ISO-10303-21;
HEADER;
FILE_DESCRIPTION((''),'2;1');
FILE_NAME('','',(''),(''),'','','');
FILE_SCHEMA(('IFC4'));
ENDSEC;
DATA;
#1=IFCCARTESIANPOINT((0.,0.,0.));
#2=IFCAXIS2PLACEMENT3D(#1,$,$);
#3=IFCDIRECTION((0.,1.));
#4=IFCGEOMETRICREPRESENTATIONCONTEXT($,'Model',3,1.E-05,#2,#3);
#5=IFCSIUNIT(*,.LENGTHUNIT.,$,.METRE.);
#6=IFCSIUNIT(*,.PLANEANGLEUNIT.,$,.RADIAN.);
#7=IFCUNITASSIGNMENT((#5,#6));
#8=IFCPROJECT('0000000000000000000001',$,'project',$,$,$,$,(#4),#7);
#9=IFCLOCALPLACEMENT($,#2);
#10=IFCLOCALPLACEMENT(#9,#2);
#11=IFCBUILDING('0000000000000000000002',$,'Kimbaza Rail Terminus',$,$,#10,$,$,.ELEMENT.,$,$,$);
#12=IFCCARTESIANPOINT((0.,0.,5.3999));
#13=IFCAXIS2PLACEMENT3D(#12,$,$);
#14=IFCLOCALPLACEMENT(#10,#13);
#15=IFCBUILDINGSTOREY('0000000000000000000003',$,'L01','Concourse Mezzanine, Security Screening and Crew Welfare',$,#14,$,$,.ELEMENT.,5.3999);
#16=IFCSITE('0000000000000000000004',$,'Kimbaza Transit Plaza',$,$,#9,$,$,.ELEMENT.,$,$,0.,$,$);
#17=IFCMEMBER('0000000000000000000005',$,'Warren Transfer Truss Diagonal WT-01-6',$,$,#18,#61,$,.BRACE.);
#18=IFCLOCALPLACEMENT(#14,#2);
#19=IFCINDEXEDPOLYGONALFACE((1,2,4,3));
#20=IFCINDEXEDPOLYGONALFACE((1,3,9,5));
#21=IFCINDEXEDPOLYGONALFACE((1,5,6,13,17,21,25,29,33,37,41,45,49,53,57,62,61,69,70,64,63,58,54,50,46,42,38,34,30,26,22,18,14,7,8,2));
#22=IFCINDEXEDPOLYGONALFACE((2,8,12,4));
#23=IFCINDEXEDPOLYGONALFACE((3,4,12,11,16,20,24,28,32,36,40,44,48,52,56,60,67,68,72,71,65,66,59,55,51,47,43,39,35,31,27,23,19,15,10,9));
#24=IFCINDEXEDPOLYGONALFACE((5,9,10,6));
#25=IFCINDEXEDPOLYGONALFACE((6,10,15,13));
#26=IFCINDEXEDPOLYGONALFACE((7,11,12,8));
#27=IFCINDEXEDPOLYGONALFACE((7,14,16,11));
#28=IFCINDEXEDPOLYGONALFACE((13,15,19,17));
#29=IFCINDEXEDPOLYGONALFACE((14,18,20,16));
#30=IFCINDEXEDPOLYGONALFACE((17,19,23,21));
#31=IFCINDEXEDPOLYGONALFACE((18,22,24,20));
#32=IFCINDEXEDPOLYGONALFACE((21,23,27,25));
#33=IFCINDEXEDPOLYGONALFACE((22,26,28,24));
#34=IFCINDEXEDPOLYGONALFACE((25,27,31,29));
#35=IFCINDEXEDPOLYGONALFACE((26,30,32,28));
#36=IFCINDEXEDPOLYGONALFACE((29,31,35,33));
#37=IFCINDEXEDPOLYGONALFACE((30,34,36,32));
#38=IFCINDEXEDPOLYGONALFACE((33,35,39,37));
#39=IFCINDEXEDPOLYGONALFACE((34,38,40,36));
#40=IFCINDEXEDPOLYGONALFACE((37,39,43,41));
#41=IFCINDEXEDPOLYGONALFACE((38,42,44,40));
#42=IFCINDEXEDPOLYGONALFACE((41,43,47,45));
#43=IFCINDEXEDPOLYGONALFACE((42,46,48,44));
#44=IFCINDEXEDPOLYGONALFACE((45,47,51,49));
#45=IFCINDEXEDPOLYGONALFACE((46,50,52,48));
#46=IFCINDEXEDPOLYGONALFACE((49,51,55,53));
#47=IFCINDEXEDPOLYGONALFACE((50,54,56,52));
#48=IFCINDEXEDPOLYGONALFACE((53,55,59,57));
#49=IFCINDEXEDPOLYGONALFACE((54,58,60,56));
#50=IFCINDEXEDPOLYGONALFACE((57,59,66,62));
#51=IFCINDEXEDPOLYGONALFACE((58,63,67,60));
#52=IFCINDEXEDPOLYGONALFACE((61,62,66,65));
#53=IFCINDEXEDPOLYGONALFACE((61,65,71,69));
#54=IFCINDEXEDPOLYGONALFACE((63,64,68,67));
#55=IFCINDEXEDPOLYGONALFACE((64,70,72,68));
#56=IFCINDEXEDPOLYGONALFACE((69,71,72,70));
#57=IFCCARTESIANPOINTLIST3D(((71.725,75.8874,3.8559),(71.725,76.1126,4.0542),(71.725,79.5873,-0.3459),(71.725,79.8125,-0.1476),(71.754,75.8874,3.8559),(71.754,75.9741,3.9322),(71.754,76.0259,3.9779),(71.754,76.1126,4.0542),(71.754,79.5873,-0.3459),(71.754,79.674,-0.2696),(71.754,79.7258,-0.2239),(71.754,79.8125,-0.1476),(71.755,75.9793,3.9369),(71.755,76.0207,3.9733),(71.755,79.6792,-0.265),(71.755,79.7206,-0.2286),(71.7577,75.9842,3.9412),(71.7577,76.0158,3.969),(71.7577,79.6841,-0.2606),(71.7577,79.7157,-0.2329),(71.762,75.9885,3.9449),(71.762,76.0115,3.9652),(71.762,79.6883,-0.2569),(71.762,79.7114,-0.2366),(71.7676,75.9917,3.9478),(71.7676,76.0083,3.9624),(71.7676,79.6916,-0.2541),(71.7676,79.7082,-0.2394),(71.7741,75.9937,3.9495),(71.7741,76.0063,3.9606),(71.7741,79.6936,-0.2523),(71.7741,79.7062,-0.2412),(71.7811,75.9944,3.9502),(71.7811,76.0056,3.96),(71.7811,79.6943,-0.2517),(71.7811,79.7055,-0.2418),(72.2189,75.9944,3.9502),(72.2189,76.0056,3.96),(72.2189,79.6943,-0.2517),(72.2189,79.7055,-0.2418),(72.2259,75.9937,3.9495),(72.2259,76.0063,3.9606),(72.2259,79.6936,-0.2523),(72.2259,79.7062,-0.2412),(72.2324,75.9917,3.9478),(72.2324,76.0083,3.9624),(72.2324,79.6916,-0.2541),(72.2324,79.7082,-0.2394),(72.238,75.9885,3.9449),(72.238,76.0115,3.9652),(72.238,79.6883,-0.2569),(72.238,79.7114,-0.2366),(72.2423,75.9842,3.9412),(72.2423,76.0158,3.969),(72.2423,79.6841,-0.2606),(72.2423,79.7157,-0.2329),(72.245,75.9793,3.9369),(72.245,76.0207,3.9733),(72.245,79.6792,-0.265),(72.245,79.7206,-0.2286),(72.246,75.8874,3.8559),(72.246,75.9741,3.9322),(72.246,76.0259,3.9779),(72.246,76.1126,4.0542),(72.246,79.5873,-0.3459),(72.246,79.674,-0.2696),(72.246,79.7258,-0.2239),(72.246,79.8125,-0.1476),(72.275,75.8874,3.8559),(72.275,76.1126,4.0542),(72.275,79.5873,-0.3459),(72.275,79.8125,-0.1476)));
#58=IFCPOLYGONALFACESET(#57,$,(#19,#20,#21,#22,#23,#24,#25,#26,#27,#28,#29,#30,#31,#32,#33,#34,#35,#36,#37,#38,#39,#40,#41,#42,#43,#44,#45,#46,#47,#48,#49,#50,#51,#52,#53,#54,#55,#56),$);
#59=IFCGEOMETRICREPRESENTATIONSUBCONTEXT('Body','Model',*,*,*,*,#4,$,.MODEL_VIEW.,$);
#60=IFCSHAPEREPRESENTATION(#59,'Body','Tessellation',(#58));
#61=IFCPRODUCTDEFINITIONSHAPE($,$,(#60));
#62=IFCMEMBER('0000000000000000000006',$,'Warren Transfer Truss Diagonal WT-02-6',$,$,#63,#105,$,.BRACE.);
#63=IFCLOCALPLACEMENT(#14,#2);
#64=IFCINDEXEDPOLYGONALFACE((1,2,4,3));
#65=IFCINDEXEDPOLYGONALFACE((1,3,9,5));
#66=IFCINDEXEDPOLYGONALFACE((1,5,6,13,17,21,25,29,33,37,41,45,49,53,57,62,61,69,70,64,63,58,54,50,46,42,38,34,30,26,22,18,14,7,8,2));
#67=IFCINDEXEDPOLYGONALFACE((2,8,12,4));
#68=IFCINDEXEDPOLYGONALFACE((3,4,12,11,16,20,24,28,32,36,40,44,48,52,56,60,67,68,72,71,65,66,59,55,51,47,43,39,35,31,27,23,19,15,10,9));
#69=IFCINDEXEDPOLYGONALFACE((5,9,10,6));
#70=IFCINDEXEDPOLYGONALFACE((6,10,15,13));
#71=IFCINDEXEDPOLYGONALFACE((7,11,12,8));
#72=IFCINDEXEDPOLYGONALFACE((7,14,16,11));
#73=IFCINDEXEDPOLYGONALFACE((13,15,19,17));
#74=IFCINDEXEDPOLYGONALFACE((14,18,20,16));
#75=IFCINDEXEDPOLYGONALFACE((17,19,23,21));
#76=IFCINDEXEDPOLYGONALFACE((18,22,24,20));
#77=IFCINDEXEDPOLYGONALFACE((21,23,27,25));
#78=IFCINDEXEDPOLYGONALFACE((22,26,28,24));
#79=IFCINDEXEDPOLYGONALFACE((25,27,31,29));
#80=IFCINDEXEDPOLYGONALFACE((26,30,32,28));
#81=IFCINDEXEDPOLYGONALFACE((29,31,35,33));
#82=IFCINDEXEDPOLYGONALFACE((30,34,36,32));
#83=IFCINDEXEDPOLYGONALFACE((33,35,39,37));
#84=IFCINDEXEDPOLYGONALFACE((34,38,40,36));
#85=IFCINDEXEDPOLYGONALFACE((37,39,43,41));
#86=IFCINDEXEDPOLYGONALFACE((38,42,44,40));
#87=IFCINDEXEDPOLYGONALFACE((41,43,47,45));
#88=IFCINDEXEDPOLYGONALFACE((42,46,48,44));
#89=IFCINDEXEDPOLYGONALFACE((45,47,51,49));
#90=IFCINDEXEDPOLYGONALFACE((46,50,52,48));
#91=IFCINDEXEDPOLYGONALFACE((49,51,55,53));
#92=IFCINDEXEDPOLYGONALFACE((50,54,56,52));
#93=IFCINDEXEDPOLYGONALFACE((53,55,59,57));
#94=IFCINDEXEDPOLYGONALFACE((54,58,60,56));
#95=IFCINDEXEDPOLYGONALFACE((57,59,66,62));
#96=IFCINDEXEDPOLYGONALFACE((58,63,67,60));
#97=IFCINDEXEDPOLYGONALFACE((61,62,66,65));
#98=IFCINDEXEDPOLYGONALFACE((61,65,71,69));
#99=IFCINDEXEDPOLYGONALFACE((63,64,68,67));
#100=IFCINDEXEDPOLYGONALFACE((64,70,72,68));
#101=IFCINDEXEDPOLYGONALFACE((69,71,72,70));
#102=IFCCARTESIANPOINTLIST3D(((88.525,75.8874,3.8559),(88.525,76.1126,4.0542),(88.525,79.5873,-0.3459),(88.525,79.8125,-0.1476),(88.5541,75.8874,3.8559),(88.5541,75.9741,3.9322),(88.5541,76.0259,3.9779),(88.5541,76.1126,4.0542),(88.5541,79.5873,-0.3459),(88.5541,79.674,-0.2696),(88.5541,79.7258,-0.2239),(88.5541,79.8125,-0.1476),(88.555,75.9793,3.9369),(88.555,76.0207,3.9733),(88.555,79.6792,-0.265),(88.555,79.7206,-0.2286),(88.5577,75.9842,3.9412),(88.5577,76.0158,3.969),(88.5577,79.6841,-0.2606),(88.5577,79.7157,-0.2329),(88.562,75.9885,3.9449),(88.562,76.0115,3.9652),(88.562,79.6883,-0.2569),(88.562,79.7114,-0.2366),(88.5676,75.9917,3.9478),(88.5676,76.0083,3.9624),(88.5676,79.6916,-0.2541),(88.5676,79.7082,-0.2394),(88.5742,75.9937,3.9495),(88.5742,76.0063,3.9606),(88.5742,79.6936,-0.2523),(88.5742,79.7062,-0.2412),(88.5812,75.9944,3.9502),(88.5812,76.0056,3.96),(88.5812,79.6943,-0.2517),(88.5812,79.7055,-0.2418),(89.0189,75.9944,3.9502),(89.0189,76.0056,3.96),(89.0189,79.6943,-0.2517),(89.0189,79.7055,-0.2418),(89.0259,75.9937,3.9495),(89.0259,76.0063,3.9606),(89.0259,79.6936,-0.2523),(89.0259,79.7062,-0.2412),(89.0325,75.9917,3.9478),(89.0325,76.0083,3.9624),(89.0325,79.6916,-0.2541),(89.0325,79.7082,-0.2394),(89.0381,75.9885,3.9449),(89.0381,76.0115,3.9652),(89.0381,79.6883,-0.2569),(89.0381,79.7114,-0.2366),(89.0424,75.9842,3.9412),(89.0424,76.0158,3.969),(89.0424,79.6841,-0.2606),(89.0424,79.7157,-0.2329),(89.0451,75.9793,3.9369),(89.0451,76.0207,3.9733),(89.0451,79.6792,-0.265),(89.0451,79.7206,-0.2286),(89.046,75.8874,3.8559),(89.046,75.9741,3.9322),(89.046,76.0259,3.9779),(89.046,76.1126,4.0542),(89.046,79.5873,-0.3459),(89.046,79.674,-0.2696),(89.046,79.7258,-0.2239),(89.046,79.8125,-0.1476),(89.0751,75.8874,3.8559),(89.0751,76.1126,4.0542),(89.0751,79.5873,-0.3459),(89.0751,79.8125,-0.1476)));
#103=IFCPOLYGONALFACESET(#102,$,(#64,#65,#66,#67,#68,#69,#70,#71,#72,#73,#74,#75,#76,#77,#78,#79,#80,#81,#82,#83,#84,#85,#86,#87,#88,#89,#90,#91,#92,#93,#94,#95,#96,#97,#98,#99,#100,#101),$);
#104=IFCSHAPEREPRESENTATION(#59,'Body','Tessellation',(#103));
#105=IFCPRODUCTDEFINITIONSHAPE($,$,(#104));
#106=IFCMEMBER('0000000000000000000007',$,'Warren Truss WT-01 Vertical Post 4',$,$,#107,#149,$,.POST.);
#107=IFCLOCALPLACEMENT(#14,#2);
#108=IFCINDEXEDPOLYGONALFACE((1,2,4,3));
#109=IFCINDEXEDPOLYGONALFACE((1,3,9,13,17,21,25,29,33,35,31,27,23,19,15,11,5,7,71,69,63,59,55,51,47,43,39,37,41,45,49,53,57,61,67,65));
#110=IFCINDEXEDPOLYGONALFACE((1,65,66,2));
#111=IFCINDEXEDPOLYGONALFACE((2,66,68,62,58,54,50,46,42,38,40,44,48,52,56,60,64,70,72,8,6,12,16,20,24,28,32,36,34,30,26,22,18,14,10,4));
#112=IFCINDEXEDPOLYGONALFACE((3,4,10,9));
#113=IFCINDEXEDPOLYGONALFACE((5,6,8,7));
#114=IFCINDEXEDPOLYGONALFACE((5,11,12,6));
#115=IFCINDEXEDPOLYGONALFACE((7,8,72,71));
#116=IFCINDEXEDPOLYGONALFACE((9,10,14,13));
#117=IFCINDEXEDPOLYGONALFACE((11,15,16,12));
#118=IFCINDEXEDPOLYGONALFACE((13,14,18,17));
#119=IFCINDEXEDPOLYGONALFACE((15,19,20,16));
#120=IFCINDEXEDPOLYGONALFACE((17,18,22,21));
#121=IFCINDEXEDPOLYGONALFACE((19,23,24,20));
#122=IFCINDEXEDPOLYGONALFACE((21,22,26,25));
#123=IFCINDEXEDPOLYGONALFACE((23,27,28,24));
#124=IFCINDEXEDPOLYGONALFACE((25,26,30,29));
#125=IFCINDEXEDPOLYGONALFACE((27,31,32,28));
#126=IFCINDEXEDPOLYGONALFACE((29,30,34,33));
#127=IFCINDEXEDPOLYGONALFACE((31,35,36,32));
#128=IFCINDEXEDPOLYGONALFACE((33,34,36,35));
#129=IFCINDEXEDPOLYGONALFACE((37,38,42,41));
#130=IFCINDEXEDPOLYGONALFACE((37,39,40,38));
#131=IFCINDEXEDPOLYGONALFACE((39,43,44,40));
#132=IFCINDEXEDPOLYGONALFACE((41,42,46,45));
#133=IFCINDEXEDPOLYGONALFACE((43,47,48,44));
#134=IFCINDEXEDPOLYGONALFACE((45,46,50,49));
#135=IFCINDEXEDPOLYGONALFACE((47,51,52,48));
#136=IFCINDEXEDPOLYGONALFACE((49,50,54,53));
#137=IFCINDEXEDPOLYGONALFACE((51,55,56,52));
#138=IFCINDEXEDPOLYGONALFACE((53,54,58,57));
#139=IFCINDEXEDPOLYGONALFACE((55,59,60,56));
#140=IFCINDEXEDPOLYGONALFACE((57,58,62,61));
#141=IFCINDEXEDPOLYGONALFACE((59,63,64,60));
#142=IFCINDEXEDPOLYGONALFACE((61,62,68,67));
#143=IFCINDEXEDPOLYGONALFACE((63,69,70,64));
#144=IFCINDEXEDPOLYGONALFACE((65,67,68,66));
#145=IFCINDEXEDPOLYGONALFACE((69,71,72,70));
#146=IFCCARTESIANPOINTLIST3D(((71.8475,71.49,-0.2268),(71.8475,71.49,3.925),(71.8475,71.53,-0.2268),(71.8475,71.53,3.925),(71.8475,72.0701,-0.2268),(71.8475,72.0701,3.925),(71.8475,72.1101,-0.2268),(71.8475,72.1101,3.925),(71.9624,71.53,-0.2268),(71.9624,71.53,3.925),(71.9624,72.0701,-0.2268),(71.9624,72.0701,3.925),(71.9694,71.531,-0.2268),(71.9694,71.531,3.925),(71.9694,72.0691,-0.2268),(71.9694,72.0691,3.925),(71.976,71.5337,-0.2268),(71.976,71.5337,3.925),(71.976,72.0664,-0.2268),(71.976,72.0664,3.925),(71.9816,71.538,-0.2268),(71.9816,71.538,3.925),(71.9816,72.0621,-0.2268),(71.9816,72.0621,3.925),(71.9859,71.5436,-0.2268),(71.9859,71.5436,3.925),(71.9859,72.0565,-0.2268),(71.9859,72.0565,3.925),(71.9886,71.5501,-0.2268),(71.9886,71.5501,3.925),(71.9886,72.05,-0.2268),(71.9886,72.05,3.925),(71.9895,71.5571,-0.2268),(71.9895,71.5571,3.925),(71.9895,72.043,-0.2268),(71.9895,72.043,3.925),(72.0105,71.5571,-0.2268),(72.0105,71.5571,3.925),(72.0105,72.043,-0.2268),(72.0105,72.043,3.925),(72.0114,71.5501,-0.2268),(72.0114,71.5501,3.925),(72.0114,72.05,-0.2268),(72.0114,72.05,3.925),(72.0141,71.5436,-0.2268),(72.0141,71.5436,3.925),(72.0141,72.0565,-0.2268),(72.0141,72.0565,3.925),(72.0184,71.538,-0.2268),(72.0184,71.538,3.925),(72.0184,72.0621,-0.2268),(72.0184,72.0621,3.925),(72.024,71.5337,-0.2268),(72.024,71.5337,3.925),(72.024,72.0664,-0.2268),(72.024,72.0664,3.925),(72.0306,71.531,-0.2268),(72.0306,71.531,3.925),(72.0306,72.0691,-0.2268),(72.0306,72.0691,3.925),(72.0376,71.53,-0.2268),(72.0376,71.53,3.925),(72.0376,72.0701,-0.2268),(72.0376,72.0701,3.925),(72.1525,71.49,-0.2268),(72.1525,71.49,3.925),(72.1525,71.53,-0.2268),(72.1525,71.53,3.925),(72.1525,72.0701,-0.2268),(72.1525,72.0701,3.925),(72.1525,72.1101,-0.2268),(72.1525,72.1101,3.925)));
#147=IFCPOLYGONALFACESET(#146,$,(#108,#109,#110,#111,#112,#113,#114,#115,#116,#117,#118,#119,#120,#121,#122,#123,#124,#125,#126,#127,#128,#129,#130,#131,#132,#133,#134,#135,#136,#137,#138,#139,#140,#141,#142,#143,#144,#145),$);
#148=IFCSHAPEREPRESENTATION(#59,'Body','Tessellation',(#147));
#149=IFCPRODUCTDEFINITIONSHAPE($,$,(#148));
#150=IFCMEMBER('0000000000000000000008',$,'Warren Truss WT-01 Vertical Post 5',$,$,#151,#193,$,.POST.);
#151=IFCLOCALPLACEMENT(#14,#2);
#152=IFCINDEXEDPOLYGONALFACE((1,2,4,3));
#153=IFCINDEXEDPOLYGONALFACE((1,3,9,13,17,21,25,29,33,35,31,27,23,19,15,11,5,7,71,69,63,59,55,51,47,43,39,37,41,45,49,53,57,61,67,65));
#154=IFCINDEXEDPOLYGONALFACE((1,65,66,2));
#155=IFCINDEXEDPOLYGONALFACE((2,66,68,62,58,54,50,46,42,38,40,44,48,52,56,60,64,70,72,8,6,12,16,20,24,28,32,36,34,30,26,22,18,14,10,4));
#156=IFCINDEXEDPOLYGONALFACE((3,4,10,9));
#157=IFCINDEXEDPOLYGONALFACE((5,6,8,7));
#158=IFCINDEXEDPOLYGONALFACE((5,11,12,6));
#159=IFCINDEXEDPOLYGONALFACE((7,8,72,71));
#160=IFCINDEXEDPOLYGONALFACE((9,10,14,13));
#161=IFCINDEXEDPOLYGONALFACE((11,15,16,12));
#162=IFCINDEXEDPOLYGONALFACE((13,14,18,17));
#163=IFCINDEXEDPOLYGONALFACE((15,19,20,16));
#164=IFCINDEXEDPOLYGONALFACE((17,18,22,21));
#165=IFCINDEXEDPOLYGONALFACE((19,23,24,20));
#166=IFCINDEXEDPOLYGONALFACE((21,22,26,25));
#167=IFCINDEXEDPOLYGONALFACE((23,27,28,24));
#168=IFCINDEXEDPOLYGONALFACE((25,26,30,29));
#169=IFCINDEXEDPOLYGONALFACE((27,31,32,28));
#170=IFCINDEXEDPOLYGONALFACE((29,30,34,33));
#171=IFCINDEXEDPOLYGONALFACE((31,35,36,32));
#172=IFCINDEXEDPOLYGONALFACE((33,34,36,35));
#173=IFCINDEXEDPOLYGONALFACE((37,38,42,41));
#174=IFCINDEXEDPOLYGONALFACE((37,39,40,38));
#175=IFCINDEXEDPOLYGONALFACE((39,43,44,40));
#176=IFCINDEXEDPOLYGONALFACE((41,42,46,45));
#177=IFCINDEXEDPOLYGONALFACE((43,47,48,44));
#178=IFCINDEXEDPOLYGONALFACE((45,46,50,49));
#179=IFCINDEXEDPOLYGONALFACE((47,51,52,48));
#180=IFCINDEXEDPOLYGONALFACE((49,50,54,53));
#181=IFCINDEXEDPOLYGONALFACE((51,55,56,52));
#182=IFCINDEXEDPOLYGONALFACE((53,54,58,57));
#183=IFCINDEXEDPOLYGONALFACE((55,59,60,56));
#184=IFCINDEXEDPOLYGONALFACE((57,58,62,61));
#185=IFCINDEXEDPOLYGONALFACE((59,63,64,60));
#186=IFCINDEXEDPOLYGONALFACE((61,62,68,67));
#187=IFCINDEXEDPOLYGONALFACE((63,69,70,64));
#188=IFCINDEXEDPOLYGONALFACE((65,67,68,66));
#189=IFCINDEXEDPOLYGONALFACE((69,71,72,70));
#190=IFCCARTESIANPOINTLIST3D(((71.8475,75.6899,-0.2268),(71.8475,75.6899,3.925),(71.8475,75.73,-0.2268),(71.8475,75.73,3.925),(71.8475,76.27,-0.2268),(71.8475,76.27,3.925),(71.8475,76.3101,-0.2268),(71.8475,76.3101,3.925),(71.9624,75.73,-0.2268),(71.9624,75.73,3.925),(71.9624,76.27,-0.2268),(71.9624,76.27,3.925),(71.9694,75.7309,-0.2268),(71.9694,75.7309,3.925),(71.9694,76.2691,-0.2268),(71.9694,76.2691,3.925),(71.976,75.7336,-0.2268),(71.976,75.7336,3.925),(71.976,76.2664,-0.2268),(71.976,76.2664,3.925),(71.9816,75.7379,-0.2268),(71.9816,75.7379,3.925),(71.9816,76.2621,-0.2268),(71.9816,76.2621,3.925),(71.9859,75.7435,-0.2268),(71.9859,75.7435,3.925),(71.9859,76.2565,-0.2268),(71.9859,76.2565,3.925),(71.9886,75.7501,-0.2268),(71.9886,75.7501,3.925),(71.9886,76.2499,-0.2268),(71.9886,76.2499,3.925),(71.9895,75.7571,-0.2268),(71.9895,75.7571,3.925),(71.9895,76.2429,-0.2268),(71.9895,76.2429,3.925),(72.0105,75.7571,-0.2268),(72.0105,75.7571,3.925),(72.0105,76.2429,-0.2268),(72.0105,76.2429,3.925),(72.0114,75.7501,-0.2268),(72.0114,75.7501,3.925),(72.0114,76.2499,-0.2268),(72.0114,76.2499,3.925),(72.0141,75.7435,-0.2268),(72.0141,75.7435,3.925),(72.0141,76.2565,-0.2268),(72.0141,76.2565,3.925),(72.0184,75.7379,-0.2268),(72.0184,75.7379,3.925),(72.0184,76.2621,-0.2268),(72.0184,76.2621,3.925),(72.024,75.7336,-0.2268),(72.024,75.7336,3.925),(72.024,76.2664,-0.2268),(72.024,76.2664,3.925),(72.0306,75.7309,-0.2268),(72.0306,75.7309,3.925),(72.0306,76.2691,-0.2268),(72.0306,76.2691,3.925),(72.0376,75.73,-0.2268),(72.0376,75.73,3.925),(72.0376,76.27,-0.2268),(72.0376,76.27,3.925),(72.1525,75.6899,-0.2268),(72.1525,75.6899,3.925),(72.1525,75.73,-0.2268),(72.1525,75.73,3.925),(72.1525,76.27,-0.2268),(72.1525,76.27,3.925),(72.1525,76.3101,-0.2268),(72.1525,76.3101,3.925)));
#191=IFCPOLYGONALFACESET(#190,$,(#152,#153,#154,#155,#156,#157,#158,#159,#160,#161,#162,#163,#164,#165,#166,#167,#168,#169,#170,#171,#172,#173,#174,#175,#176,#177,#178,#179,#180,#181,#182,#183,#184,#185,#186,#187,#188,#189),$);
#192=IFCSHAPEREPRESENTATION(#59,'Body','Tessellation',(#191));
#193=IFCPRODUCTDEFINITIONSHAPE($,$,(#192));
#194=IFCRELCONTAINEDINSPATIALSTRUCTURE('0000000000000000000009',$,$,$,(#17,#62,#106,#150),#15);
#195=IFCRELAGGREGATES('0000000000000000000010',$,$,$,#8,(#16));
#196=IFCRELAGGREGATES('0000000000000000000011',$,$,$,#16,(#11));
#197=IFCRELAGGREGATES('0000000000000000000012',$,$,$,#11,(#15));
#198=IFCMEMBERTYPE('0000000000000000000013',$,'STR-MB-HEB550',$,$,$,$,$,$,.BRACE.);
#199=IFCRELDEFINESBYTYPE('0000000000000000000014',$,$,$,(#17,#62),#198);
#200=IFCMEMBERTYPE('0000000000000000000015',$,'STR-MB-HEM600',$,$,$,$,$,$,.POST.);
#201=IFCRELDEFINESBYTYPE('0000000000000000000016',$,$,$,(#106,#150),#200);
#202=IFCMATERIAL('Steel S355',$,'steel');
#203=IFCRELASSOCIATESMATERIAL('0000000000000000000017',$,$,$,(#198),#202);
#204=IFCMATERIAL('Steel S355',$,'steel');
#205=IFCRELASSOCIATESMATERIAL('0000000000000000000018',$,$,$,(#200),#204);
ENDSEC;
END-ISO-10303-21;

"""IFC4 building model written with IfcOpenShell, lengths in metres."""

from ifc_helpers import new_model, si_unit, direction, frame, origin, origin_2d, place, context, subcontext, project, spatial, i_section, extrude, material, material_profile, profile_set, type_object, element, save


model = new_model("IFC4")

# Units and contexts
model_context = context("Model", 3, precision=1e-05, world=origin(), true_north=direction((0.0, 1.0)))
body_context = subcontext(model_context, "Body", "Model", "MODEL_VIEW")
ifc_project = project(units=[si_unit("LENGTHUNIT", "METRE"), si_unit("PLANEANGLEUNIT", "RADIAN")], contexts=[model_context])

# Site, building, storey
site_placement = place(None, origin())
site = spatial("IfcSite", under=ifc_project, at=site_placement, Name="Kimbaza Transit Plaza", CompositionType="ELEMENT", RefElevation=0.0)
building_placement = place(site_placement, origin())
building = spatial("IfcBuilding", under=site, at=building_placement, Name="Kimbaza Rail Terminus", CompositionType="ELEMENT")
storey_placement = place(building_placement, frame((0.0, 0.0, 5.3999)))
storey = spatial("IfcBuildingStorey", under=building, at=storey_placement, Name="L01", Description="Concourse Mezzanine, Security Screening and Crew Welfare", CompositionType="ELEMENT", Elevation=5.3999)

# Members
ifc_material_1 = material(Name="Steel S355", Category="steel")
ifc_material_profile_1 = material_profile(ifc_material_1, i_section(OverallWidth=0.3, OverallDepth=0.55, WebThickness=0.0149, FlangeThickness=0.0291, FilletRadius=0.0271, at=origin_2d()), Name="HEB 550")
ifc_profile_set_1 = profile_set([ifc_material_profile_1], Name="Steel S355")
member_type_1 = type_object("IfcMemberType", Name="STR-MB-HEB550", PredefinedType="BRACE", material=ifc_profile_set_1)
for number, where, z_axis, x_axis, name in (
    (1, (72.0, 76.0, 3.9551), (0.0, 0.660857, -0.750512), (0.0, 0.750512, 0.660857), "Warren Transfer Truss Diagonal WT-01-6"),
    (2, (88.8, 76.0, 3.9551), (0.0, 0.660857, -0.750512), (0.0, 0.750512, 0.660857), "Warren Transfer Truss Diagonal WT-02-6"),
):
    element("IfcMember", number, at=place(storey_placement, frame(where, z_axis=z_axis, x_axis=x_axis)), inside=storey, type_object=member_type_1, Name=name, PredefinedType="BRACE", context=body_context, shape_type="SweptSolid", body=[
        extrude(i_section(OverallWidth=0.3, OverallDepth=0.55, WebThickness=0.0149, FlangeThickness=0.0291, FilletRadius=0.0271, at=origin_2d()), origin(), (0.0, 0.0, 1.0), 5.5986),
    ])
ifc_material_2 = material(Name="Steel S355", Category="steel")
ifc_material_profile_2 = material_profile(ifc_material_2, i_section(OverallWidth=0.3049, OverallDepth=0.6201, WebThickness=0.021, FlangeThickness=0.04, FilletRadius=0.0271, at=origin_2d()), Name="HEM 600")
ifc_profile_set_2 = profile_set([ifc_material_profile_2], Name="Steel S355")
member_type_2 = type_object("IfcMemberType", Name="STR-MB-HEM600", PredefinedType="POST", material=ifc_profile_set_2)
for number, where, z_axis, x_axis, name in (
    (3, (72.0, 71.8, -0.2268), (0.0, 0.0, 1.0), (1.0, 0.0, 0.0), "Warren Truss WT-01 Vertical Post 4"),
    (4, (72.0, 76.0, -0.2268), (0.0, 0.0, 1.0), (1.0, 0.0, 0.0), "Warren Truss WT-01 Vertical Post 5"),
):
    element("IfcMember", number, at=place(storey_placement, frame(where, z_axis=z_axis, x_axis=x_axis)), inside=storey, type_object=member_type_2, Name=name, PredefinedType="POST", context=body_context, shape_type="SweptSolid", body=[
        extrude(i_section(OverallWidth=0.3049, OverallDepth=0.6201, WebThickness=0.021, FlangeThickness=0.04, FilletRadius=0.0271, at=origin_2d()), origin(), (0.0, 0.0, 1.0), 4.1519),
    ])

save(model, "model.ifc")
